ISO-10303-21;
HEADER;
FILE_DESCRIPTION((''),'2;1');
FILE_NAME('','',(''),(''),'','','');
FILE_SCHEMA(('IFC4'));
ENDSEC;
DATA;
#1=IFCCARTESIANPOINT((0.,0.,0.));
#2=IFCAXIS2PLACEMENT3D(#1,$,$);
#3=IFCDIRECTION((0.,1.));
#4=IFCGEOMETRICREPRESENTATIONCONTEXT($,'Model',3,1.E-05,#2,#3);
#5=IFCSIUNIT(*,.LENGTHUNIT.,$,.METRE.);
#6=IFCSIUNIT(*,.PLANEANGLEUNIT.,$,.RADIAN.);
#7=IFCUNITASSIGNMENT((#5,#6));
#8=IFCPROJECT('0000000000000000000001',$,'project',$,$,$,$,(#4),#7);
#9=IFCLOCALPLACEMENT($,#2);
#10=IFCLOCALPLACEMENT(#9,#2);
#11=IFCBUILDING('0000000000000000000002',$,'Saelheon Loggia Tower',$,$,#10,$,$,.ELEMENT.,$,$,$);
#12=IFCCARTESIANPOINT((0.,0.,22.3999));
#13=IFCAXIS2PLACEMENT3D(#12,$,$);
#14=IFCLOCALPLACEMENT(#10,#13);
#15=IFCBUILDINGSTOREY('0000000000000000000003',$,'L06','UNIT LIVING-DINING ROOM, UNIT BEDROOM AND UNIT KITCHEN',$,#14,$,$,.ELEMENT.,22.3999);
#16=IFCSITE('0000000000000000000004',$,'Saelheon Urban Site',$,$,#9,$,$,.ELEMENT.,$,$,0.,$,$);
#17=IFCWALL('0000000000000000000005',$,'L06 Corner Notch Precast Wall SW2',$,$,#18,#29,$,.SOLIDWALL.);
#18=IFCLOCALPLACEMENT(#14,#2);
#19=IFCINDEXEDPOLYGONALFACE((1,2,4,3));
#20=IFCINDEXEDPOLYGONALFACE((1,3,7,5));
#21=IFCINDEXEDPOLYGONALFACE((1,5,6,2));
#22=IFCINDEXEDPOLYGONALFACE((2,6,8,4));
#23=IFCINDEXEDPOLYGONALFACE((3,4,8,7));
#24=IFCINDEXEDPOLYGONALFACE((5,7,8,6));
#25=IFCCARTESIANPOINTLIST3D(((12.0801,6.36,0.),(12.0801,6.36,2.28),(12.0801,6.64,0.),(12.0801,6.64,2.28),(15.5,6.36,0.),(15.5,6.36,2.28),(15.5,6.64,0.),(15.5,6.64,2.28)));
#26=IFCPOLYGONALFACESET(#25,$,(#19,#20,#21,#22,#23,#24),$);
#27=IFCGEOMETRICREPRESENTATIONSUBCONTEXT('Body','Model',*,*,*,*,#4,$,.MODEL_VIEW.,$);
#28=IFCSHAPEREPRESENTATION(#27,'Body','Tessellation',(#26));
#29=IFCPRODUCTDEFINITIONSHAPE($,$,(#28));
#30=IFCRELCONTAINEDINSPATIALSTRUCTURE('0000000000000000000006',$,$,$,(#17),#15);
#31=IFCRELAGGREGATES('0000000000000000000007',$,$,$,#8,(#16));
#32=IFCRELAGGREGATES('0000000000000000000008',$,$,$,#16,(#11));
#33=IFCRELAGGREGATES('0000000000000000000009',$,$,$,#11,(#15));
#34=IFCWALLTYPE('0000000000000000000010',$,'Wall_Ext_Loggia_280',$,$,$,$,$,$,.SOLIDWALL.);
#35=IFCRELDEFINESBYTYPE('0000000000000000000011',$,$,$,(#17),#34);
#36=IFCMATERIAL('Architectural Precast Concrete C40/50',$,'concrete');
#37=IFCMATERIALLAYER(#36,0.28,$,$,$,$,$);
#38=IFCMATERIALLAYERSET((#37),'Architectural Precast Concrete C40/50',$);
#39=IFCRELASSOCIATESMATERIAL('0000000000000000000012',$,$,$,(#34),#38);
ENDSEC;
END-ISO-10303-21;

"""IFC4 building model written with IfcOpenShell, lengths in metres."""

from ifc_helpers import new_model, si_unit, direction, frame, frame_2d, origin, place, context, subcontext, project, spatial, rectangle, extrude, material, layer, layer_set, type_object, element, save


model = new_model("IFC4")

# Units and contexts
model_context = context("Model", 3, precision=1e-05, world=origin(), true_north=direction((0.0, 1.0)))
body_context = subcontext(model_context, "Body", "Model", "MODEL_VIEW")
ifc_project = project(units=[si_unit("LENGTHUNIT", "METRE"), si_unit("PLANEANGLEUNIT", "RADIAN")], contexts=[model_context])

# Site, building, storey
site_placement = place(None, origin())
site = spatial("IfcSite", under=ifc_project, at=site_placement, Name="Saelheon Urban Site", CompositionType="ELEMENT", RefElevation=0.0)
building_placement = place(site_placement, origin())
building = spatial("IfcBuilding", under=site, at=building_placement, Name="Saelheon Loggia Tower", CompositionType="ELEMENT")
storey_placement = place(building_placement, frame((0.0, 0.0, 22.3999)))
storey = spatial("IfcBuildingStorey", under=building, at=storey_placement, Name="L06", Description="UNIT LIVING-DINING ROOM, UNIT BEDROOM AND UNIT KITCHEN", CompositionType="ELEMENT", Elevation=22.3999)

# Wall
ifc_material = material(Name="Architectural Precast Concrete C40/50", Category="concrete")
ifc_layer = layer(ifc_material, 0.28)
ifc_layer_set = layer_set([ifc_layer], Name="Architectural Precast Concrete C40/50")
wall_type = type_object("IfcWallType", Name="Wall_Ext_Loggia_280", PredefinedType="SOLIDWALL", material=ifc_layer_set)
wall_placement = place(storey_placement, frame((12.0801, 6.5, 0.0), z_axis=(0.0, 0.0, 1.0), x_axis=(1.0, 0.0, 0.0)))
element("IfcWall", 1, at=wall_placement, inside=storey, type_object=wall_type, Name="L06 Corner Notch Precast Wall SW2", PredefinedType="SOLIDWALL", context=body_context, shape_type="SweptSolid", body=[
    extrude(rectangle(XDim=3.4199, YDim=0.28, at=frame_2d((1.71, 0.0))), origin(), (0.0, 0.0, 1.0), 2.28),
])

save(model, "model.ifc")
